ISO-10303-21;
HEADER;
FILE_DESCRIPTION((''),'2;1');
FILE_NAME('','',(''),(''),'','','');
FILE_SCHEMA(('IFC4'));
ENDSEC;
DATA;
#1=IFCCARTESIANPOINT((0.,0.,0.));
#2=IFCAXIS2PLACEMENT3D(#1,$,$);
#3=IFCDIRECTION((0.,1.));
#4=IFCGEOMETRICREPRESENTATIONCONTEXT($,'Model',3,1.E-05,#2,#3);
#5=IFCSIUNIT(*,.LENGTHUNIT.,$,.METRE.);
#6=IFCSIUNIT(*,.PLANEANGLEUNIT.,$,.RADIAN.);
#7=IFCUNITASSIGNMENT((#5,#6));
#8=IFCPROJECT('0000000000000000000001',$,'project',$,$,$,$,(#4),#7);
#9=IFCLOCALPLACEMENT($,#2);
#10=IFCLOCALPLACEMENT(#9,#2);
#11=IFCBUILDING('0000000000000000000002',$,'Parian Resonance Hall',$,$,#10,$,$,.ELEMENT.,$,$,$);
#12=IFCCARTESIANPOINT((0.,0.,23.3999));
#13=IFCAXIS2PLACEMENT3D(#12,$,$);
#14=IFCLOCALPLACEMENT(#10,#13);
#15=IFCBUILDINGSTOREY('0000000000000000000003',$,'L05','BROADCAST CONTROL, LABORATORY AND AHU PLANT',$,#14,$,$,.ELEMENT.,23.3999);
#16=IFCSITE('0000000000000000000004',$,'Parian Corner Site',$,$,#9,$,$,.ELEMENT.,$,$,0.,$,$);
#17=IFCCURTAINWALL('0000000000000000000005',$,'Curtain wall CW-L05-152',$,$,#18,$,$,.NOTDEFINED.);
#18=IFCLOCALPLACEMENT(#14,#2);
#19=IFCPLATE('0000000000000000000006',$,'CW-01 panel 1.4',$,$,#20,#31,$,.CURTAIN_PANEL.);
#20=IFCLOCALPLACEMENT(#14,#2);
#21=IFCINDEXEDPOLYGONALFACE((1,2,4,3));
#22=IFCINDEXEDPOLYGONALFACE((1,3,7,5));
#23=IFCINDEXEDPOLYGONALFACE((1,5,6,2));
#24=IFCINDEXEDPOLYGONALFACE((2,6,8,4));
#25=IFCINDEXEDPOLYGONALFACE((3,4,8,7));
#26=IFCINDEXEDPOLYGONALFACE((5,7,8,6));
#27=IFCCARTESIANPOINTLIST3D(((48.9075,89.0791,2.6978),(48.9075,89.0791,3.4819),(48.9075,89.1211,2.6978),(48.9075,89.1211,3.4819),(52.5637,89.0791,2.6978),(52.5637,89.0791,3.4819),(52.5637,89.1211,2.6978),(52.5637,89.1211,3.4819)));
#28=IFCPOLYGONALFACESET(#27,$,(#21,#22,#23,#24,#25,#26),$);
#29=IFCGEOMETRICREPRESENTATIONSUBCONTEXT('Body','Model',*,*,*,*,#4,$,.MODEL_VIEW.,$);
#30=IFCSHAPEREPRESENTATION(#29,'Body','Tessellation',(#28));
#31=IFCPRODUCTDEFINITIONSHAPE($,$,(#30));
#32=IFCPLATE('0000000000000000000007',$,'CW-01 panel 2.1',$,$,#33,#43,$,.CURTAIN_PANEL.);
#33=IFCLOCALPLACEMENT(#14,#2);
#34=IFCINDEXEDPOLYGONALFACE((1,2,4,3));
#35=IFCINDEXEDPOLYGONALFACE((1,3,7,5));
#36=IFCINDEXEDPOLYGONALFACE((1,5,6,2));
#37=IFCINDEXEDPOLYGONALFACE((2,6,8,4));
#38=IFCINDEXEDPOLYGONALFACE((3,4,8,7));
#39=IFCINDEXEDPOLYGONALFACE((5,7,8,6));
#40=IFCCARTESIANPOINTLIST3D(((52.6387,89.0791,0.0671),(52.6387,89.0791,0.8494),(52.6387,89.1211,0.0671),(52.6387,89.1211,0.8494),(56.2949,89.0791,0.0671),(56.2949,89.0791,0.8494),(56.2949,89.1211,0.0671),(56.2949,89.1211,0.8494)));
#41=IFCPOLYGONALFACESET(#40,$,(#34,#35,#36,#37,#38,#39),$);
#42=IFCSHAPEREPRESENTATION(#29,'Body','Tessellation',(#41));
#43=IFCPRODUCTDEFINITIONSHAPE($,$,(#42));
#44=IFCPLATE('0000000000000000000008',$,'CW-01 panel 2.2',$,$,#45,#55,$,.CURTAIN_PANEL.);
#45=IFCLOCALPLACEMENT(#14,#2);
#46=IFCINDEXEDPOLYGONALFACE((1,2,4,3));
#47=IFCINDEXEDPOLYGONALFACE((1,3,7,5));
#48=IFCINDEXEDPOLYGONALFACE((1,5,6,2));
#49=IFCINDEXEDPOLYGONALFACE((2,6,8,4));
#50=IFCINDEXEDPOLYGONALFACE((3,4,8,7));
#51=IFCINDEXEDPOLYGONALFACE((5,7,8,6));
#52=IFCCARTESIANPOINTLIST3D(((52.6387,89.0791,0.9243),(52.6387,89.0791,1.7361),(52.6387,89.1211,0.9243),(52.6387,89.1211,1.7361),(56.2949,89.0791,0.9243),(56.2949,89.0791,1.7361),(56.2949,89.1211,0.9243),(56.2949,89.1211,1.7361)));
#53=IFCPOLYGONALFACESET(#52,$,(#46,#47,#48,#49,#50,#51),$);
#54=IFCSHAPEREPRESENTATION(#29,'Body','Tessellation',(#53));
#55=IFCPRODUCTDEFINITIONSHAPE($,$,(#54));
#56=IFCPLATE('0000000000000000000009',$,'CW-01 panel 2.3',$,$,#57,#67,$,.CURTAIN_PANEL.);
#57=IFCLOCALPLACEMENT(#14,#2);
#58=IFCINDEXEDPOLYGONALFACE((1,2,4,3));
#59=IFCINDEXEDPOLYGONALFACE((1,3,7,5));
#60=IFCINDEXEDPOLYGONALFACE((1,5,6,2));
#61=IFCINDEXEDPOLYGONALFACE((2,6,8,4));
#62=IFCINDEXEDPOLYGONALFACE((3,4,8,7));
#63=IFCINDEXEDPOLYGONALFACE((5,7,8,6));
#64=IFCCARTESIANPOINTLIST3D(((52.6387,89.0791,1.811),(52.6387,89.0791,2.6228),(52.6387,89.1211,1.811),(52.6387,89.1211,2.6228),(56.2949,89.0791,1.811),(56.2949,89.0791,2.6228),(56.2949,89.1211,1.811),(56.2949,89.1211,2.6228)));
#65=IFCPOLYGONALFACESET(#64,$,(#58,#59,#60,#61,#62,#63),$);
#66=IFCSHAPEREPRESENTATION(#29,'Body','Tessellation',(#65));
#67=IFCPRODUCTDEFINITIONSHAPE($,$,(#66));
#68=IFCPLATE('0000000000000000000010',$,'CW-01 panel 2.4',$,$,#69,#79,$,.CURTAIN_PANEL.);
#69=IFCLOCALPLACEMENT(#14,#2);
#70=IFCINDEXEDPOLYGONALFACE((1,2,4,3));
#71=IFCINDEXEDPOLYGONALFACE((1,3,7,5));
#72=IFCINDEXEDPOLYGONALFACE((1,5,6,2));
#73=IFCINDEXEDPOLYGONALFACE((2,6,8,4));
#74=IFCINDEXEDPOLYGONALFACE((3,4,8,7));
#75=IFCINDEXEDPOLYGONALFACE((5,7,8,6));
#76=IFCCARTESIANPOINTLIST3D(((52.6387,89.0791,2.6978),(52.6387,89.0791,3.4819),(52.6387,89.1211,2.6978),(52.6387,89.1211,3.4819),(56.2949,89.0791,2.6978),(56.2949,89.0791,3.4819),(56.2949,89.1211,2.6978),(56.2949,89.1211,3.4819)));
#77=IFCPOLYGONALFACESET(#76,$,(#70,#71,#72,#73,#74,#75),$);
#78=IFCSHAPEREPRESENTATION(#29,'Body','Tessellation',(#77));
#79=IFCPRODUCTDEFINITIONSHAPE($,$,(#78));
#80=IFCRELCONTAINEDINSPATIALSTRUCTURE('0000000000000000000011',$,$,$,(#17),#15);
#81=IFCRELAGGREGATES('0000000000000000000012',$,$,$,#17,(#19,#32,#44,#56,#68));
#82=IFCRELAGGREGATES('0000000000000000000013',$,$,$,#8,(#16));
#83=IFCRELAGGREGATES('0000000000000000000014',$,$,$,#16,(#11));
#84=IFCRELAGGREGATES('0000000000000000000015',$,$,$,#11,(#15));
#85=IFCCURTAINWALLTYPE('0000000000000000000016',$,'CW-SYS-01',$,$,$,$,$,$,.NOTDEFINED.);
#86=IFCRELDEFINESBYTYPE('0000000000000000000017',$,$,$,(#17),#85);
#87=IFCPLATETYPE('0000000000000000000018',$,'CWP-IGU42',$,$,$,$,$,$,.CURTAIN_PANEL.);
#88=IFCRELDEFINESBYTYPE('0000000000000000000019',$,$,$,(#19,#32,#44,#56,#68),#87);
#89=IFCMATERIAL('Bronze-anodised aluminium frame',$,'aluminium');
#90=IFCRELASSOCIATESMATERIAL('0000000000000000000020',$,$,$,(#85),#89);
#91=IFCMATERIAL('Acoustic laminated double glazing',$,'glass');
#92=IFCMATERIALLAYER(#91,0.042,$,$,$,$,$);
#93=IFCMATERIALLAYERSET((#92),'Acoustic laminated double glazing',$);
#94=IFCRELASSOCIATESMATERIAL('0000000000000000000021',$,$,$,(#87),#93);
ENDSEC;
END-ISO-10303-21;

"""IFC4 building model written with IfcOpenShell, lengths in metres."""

from ifc_helpers import new_model, si_unit, direction, frame, origin, origin_2d, place, context, subcontext, project, spatial, rectangle, extrude, material, layer, layer_set, type_object, element, aggregate, save


model = new_model("IFC4")

# Units and contexts
model_context = context("Model", 3, precision=1e-05, world=origin(), true_north=direction((0.0, 1.0)))
body_context = subcontext(model_context, "Body", "Model", "MODEL_VIEW")
ifc_project = project(units=[si_unit("LENGTHUNIT", "METRE"), si_unit("PLANEANGLEUNIT", "RADIAN")], contexts=[model_context])

# Site, building, storey
site_placement = place(None, origin())
site = spatial("IfcSite", under=ifc_project, at=site_placement, Name="Parian Corner Site", CompositionType="ELEMENT", RefElevation=0.0)
building_placement = place(site_placement, origin())
building = spatial("IfcBuilding", under=site, at=building_placement, Name="Parian Resonance Hall", CompositionType="ELEMENT")
storey_placement = place(building_placement, frame((0.0, 0.0, 23.3999)))
storey = spatial("IfcBuildingStorey", under=building, at=storey_placement, Name="L05", Description="BROADCAST CONTROL, LABORATORY AND AHU PLANT", CompositionType="ELEMENT", Elevation=23.3999)

# Curtain wall
ifc_material_1 = material(Name="Bronze-anodised aluminium frame", Category="aluminium")
curtain_wall_type_1 = type_object("IfcCurtainWallType", Name="CW-SYS-01", PredefinedType="NOTDEFINED", material=ifc_material_1)
curtain_wall_1_placement = place(storey_placement, origin())
curtain_wall_1 = element("IfcCurtainWall", 1, at=curtain_wall_1_placement, inside=storey, type_object=curtain_wall_type_1, Name="Curtain wall CW-L05-152", PredefinedType="NOTDEFINED")

# Plates
ifc_material_2 = material(Name="Acoustic laminated double glazing", Category="glass")
ifc_layer_1 = layer(ifc_material_2, 0.042)
ifc_layer_set_1 = layer_set([ifc_layer_1], Name="Acoustic laminated double glazing")
plate_type_1 = type_object("IfcPlateType", Name="CWP-IGU42", PredefinedType="CURTAIN_PANEL", material=ifc_layer_set_1)
plate_1_placement = place(storey_placement, frame((50.7356, 89.1001, 2.6978), z_axis=(0.0, 0.0, 1.0), x_axis=(1.0, 0.0, 0.0)))
plate_1 = element("IfcPlate", 2, at=plate_1_placement, type_object=plate_type_1, Name="CW-01 panel 1.4", PredefinedType="CURTAIN_PANEL", context=body_context, shape_type="SweptSolid", body=[
    extrude(rectangle(XDim=3.6562, YDim=0.042, at=origin_2d()), origin(), (0.0, 0.0, 1.0), 0.7842),
])
plate_2_placement = place(storey_placement, frame((54.4668, 89.1001, 0.0671), z_axis=(0.0, 0.0, 1.0), x_axis=(1.0, 0.0, 0.0)))
plate_2 = element("IfcPlate", 3, at=plate_2_placement, type_object=plate_type_1, Name="CW-01 panel 2.1", PredefinedType="CURTAIN_PANEL", context=body_context, shape_type="SweptSolid", body=[
    extrude(rectangle(XDim=3.6562, YDim=0.042, at=origin_2d()), origin(), (0.0, 0.0, 1.0), 0.7822),
])
plate_3_placement = place(storey_placement, frame((54.4668, 89.1001, 0.9243), z_axis=(0.0, 0.0, 1.0), x_axis=(1.0, 0.0, 0.0)))
plate_3 = element("IfcPlate", 4, at=plate_3_placement, type_object=plate_type_1, Name="CW-01 panel 2.2", PredefinedType="CURTAIN_PANEL", context=body_context, shape_type="SweptSolid", body=[
    extrude(rectangle(XDim=3.6562, YDim=0.042, at=origin_2d()), origin(), (0.0, 0.0, 1.0), 0.8118),
])
plate_4_placement = place(storey_placement, frame((54.4668, 89.1001, 1.811), z_axis=(0.0, 0.0, 1.0), x_axis=(1.0, 0.0, 0.0)))
plate_4 = element("IfcPlate", 5, at=plate_4_placement, type_object=plate_type_1, Name="CW-01 panel 2.3", PredefinedType="CURTAIN_PANEL", context=body_context, shape_type="SweptSolid", body=[
    extrude(rectangle(XDim=3.6562, YDim=0.042, at=origin_2d()), origin(), (0.0, 0.0, 1.0), 0.8118),
])
plate_5_placement = place(storey_placement, frame((54.4668, 89.1001, 2.6978), z_axis=(0.0, 0.0, 1.0), x_axis=(1.0, 0.0, 0.0)))
plate_5 = element("IfcPlate", 6, at=plate_5_placement, type_object=plate_type_1, Name="CW-01 panel 2.4", PredefinedType="CURTAIN_PANEL", context=body_context, shape_type="SweptSolid", body=[
    extrude(rectangle(XDim=3.6562, YDim=0.042, at=origin_2d()), origin(), (0.0, 0.0, 1.0), 0.7842),
])
aggregate(curtain_wall_1, [plate_1, plate_2, plate_3, plate_4, plate_5])

save(model, "model.ifc")
